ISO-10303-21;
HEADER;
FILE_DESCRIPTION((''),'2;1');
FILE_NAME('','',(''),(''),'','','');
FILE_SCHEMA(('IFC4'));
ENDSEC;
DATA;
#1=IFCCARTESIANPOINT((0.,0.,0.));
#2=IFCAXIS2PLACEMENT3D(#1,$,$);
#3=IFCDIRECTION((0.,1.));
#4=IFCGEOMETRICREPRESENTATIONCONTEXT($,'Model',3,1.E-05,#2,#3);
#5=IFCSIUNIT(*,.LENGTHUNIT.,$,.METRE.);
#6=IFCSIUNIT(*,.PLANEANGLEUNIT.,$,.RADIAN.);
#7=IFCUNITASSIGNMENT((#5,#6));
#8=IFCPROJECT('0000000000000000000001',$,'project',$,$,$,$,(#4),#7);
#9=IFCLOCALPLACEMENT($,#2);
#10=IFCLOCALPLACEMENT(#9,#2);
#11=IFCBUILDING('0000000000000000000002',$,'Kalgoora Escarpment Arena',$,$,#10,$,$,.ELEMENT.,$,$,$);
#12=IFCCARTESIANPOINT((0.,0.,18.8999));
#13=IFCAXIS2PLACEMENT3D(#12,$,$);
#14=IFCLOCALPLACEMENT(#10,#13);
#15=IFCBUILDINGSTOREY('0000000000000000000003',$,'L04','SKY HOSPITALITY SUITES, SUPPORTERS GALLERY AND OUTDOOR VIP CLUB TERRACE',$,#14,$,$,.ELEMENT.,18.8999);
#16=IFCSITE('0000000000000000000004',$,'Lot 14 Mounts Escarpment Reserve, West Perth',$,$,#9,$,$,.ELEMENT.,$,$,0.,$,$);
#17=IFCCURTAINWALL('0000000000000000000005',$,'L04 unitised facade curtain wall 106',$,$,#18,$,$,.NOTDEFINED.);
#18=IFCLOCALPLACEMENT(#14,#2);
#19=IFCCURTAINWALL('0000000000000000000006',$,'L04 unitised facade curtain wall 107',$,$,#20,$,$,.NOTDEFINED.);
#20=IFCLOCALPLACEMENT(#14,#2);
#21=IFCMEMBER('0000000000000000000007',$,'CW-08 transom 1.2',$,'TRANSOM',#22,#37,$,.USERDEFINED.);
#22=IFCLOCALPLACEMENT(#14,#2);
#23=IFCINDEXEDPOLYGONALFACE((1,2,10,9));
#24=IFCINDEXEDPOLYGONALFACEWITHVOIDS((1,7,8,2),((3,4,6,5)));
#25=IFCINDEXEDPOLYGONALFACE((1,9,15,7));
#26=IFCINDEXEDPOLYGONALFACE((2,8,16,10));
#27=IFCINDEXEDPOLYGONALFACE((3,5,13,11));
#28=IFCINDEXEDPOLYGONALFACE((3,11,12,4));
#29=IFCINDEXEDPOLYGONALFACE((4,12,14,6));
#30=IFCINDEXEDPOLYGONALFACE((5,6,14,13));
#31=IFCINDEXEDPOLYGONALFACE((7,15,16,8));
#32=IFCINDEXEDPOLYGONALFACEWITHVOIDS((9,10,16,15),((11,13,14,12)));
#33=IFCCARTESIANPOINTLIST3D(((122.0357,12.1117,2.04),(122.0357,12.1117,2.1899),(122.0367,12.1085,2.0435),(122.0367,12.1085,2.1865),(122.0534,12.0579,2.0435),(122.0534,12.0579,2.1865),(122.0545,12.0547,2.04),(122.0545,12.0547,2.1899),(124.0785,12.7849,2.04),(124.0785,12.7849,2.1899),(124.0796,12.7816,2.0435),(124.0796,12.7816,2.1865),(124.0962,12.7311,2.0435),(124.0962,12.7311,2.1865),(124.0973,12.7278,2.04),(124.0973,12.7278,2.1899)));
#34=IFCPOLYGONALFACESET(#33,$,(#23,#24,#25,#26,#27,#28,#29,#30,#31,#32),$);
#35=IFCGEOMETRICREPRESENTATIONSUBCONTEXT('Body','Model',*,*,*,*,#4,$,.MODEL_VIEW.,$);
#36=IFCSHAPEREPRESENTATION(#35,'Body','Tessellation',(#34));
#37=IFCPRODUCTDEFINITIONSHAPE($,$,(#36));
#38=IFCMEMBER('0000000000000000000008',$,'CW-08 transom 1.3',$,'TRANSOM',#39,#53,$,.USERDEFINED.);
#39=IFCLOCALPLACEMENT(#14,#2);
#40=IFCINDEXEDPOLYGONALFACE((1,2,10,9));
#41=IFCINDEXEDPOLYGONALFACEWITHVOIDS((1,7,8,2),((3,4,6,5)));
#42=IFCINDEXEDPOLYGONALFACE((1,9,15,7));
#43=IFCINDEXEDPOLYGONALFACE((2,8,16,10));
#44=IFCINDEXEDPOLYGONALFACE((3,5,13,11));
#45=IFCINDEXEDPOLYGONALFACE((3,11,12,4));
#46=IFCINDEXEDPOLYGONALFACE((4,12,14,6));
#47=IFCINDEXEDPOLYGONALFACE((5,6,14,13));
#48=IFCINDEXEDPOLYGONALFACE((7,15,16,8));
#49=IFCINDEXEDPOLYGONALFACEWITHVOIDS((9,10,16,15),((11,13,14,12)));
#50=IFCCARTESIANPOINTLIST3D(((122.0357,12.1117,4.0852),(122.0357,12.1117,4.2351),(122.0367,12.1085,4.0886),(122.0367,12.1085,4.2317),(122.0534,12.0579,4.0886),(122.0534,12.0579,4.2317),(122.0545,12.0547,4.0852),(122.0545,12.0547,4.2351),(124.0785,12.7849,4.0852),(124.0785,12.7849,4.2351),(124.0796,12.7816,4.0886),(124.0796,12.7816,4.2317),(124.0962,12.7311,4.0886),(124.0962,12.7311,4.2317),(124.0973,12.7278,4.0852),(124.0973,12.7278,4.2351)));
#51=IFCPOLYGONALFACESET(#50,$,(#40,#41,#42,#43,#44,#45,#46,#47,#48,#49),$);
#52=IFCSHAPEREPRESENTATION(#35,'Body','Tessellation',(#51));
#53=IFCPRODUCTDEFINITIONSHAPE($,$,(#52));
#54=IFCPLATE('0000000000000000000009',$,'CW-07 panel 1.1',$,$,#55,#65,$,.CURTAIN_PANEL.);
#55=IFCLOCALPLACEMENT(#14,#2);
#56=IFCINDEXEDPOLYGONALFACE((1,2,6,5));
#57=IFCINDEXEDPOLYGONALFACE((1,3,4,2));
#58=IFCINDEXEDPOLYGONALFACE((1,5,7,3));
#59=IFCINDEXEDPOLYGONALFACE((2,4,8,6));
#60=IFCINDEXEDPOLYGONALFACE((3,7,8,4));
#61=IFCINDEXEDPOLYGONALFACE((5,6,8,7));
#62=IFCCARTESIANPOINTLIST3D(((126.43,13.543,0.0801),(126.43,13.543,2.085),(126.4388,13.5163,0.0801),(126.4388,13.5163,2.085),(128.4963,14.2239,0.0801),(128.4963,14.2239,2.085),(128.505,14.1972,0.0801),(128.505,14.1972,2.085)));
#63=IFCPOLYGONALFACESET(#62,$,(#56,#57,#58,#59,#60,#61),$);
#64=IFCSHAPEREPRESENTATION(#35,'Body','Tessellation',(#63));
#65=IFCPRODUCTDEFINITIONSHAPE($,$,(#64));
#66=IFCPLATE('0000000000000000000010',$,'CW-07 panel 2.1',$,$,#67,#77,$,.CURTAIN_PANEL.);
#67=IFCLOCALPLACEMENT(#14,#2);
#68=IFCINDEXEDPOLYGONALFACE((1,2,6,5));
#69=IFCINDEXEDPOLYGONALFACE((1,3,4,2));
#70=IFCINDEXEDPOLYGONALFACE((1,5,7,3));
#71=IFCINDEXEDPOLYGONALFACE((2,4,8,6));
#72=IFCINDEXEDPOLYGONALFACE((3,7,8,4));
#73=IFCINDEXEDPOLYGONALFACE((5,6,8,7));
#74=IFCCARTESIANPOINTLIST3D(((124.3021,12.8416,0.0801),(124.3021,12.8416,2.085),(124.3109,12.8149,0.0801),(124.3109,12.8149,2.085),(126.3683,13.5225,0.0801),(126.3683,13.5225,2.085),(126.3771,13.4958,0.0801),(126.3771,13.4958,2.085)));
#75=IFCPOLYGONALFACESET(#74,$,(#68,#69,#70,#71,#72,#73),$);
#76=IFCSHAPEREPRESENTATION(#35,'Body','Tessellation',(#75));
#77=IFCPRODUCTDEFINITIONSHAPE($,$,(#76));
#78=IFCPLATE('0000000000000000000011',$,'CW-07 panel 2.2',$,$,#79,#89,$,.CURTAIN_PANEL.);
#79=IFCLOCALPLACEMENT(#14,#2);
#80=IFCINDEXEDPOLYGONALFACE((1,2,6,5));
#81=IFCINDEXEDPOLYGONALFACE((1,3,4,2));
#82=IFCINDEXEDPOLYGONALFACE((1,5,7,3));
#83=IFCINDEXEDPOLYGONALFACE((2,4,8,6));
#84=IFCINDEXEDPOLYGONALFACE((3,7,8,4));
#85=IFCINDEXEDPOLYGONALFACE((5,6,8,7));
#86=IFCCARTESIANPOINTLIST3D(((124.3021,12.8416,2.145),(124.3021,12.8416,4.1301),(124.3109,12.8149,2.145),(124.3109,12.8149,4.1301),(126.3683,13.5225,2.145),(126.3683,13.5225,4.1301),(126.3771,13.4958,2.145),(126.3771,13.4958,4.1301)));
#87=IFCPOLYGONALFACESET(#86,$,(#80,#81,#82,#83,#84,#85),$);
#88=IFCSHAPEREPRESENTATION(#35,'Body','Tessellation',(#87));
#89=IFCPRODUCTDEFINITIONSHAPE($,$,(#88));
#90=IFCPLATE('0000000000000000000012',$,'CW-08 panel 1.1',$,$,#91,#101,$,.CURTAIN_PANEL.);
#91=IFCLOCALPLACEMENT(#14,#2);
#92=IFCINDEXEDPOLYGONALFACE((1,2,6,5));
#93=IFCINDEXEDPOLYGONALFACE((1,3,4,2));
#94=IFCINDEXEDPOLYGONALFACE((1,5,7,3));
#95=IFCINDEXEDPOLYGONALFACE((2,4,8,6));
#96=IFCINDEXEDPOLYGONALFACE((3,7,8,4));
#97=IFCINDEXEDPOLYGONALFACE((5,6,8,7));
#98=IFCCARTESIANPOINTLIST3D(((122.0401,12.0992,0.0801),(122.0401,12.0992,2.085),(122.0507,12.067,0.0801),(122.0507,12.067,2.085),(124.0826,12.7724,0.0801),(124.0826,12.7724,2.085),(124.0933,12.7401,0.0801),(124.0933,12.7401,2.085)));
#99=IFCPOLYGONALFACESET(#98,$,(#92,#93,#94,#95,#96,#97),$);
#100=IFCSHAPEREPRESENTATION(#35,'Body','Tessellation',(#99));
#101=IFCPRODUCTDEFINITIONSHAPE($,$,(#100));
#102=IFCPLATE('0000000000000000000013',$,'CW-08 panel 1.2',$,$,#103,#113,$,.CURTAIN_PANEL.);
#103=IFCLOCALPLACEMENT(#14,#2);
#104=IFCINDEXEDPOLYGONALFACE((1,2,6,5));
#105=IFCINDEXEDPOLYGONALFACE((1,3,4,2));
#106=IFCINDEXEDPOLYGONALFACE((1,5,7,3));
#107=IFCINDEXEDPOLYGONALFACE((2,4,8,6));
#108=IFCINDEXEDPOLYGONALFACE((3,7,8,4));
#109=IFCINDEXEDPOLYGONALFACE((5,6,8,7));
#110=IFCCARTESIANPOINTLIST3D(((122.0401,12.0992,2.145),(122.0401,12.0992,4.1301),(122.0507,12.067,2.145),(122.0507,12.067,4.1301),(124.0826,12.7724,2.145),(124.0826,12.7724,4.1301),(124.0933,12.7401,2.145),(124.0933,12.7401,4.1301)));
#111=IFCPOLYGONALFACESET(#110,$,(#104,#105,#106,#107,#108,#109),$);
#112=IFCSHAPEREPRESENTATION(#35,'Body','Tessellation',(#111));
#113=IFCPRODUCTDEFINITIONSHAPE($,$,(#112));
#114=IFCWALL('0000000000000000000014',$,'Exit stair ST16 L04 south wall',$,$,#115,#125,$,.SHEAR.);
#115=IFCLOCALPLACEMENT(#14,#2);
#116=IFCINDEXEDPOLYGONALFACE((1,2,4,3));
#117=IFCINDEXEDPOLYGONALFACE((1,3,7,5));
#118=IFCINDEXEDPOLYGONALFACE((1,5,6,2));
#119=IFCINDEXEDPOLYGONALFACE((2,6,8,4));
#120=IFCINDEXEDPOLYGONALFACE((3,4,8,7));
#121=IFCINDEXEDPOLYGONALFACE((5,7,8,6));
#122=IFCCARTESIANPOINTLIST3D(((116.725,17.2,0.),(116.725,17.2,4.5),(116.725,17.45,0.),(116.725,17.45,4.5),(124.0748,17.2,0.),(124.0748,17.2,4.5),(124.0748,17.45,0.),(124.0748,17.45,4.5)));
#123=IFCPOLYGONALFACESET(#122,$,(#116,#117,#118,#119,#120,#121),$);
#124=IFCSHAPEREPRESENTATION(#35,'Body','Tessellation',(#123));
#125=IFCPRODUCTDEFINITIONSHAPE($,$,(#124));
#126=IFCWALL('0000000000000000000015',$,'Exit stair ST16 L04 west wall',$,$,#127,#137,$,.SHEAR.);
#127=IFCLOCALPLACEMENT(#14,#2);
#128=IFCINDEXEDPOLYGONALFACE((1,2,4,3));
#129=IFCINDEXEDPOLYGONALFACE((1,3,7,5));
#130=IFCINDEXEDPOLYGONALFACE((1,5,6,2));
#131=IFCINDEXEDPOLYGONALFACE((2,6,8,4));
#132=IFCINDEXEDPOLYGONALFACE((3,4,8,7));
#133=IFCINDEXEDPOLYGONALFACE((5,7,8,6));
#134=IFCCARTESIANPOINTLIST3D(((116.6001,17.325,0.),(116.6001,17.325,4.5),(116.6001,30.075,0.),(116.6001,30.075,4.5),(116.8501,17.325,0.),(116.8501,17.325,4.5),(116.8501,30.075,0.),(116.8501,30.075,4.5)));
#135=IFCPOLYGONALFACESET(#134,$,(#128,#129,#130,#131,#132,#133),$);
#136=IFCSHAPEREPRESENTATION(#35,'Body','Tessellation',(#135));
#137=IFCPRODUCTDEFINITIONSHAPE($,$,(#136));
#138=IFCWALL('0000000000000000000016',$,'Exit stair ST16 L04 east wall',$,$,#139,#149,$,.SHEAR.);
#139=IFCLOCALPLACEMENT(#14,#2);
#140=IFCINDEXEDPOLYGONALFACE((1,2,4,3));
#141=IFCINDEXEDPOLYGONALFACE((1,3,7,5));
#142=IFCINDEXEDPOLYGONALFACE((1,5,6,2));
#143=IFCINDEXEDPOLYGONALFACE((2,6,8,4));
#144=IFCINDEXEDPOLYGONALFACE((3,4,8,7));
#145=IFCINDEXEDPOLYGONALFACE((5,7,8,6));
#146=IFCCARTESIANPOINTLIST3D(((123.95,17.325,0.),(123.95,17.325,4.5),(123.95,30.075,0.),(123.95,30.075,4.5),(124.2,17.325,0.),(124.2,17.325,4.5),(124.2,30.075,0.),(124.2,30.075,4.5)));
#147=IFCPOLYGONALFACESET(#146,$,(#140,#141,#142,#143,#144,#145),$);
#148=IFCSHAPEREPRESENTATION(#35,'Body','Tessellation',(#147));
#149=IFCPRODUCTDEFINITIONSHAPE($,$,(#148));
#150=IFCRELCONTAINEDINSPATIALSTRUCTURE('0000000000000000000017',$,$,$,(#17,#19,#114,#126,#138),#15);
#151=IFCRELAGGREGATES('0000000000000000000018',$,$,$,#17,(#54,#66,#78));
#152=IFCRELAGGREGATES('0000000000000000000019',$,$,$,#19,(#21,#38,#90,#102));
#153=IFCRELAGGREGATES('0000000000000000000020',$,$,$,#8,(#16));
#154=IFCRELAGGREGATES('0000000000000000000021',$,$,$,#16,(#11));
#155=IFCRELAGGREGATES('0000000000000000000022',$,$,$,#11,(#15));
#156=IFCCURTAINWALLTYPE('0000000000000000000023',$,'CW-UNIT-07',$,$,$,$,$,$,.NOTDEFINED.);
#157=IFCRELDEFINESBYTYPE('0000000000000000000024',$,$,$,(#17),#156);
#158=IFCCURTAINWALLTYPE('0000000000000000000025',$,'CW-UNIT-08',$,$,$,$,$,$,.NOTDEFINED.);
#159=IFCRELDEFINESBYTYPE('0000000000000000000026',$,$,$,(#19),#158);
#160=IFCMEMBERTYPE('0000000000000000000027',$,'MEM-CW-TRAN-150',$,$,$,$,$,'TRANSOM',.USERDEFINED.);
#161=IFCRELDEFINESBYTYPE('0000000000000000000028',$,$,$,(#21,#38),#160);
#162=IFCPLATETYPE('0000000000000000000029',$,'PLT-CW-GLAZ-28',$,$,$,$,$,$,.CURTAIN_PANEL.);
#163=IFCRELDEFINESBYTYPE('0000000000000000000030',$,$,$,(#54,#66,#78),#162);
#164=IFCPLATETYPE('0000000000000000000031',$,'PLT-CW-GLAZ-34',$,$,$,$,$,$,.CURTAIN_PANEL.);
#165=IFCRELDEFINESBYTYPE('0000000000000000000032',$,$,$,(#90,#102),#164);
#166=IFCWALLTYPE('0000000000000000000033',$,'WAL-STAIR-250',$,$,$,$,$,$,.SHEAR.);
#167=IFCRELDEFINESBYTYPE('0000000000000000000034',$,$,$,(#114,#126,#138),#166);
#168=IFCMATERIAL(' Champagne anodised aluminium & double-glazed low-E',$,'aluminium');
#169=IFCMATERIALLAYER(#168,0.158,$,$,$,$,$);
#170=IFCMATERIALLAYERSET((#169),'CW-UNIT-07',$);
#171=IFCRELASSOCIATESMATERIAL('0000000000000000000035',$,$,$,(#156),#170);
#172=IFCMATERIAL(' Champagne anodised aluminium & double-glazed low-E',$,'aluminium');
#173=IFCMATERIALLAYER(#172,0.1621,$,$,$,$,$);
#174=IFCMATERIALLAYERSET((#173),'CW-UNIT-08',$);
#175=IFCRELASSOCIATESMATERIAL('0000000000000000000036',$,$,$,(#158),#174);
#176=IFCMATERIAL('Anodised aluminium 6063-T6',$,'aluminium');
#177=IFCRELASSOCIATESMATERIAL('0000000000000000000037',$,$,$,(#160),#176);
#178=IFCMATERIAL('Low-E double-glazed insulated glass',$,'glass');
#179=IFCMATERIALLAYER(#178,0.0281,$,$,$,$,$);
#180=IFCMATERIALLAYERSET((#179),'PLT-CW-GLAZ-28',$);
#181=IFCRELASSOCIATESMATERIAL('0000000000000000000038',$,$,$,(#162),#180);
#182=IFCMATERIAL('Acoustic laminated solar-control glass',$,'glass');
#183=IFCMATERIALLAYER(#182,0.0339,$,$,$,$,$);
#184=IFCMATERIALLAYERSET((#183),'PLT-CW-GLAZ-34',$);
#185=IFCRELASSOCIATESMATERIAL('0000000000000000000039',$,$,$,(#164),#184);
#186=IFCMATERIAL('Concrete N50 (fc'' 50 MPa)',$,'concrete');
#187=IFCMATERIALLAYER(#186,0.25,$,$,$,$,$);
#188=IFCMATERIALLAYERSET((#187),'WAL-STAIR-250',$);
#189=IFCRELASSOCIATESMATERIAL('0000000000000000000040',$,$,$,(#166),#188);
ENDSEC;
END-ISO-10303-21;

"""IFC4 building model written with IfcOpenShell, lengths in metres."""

from ifc_helpers import new_model, si_unit, direction, frame, frame_2d, origin, origin_2d, place, context, subcontext, project, spatial, rectangle, hollow_rectangle, extrude, material, layer, layer_set, material_profile, profile_set, type_object, element, aggregate, save


model = new_model("IFC4")

# Units and contexts
model_context = context("Model", 3, precision=1e-05, world=origin(), true_north=direction((0.0, 1.0)))
body_context = subcontext(model_context, "Body", "Model", "MODEL_VIEW")
ifc_project = project(units=[si_unit("LENGTHUNIT", "METRE"), si_unit("PLANEANGLEUNIT", "RADIAN")], contexts=[model_context])

# Site, building, storey
site_placement = place(None, origin())
site = spatial("IfcSite", under=ifc_project, at=site_placement, Name="Lot 14 Mounts Escarpment Reserve, West Perth", CompositionType="ELEMENT", RefElevation=0.0)
building_placement = place(site_placement, origin())
building = spatial("IfcBuilding", under=site, at=building_placement, Name="Kalgoora Escarpment Arena", CompositionType="ELEMENT")
storey_placement = place(building_placement, frame((0.0, 0.0, 18.8999)))
storey = spatial("IfcBuildingStorey", under=building, at=storey_placement, Name="L04", Description="SKY HOSPITALITY SUITES, SUPPORTERS GALLERY AND OUTDOOR VIP CLUB TERRACE", CompositionType="ELEMENT", Elevation=18.8999)

# Curtain walls
ifc_material_1 = material(Name=" Champagne anodised aluminium & double-glazed low-E", Category="aluminium")
ifc_layer_1 = layer(ifc_material_1, 0.158)
ifc_layer_set_1 = layer_set([ifc_layer_1], Name="CW-UNIT-07")
curtain_wall_type_1 = type_object("IfcCurtainWallType", Name="CW-UNIT-07", PredefinedType="NOTDEFINED", material=ifc_layer_set_1)
curtain_wall_1_placement = place(storey_placement, origin())
curtain_wall_1 = element("IfcCurtainWall", 1, at=curtain_wall_1_placement, inside=storey, type_object=curtain_wall_type_1, Name="L04 unitised facade curtain wall 106", PredefinedType="NOTDEFINED")
ifc_material_2 = material(Name=" Champagne anodised aluminium & double-glazed low-E", Category="aluminium")
ifc_layer_2 = layer(ifc_material_2, 0.1621)
ifc_layer_set_2 = layer_set([ifc_layer_2], Name="CW-UNIT-08")
curtain_wall_type_2 = type_object("IfcCurtainWallType", Name="CW-UNIT-08", PredefinedType="NOTDEFINED", material=ifc_layer_set_2)
curtain_wall_2_placement = place(storey_placement, origin())
curtain_wall_2 = element("IfcCurtainWall", 2, at=curtain_wall_2_placement, inside=storey, type_object=curtain_wall_type_2, Name="L04 unitised facade curtain wall 107", PredefinedType="NOTDEFINED")

# Members
ifc_material_3 = material(Name="Anodised aluminium 6063-T6", Category="aluminium")
ifc_material_profile_1 = material_profile(ifc_material_3, hollow_rectangle(XDim=0.0601, YDim=0.1499, WallThickness=0.0034, at=origin_2d()))
ifc_profile_set_1 = profile_set([ifc_material_profile_1], Name="Anodised aluminium 6063-T6")
member_type_1 = type_object("IfcMemberType", Name="MEM-CW-TRAN-150", ElementType="TRANSOM", PredefinedType="USERDEFINED", material=ifc_profile_set_1)
member_1_placement = place(storey_placement, frame((124.0879, 12.7563, 2.115), z_axis=(-0.949767, -0.312957, 0.0), x_axis=(0.312957, -0.949767, 0.0)))
member_1 = element("IfcMember", 3, at=member_1_placement, type_object=member_type_1, Name="CW-08 transom 1.2", ObjectType="TRANSOM", PredefinedType="USERDEFINED", context=body_context, shape_type="SweptSolid", body=[
    extrude(hollow_rectangle(XDim=0.0601, YDim=0.1499, WallThickness=0.0034, at=origin_2d()), origin(), (0.0, 0.0, 1.0), 2.1509),
])
member_2_placement = place(storey_placement, frame((124.0879, 12.7563, 4.1602), z_axis=(-0.949767, -0.312957, 0.0), x_axis=(0.312957, -0.949767, 0.0)))
member_2 = element("IfcMember", 4, at=member_2_placement, type_object=member_type_1, Name="CW-08 transom 1.3", ObjectType="TRANSOM", PredefinedType="USERDEFINED", context=body_context, shape_type="SweptSolid", body=[
    extrude(hollow_rectangle(XDim=0.0601, YDim=0.1499, WallThickness=0.0034, at=origin_2d()), origin(), (0.0, 0.0, 1.0), 2.1509),
])

# Plates
ifc_material_4 = material(Name="Low-E double-glazed insulated glass", Category="glass")
ifc_layer_3 = layer(ifc_material_4, 0.0281)
ifc_layer_set_3 = layer_set([ifc_layer_3], Name="PLT-CW-GLAZ-28")
plate_type_1 = type_object("IfcPlateType", Name="PLT-CW-GLAZ-28", PredefinedType="CURTAIN_PANEL", material=ifc_layer_set_3)
plate_1_placement = place(storey_placement, frame((127.4675, 13.8701, 0.0801), z_axis=(0.0, 0.0, 1.0), x_axis=(-0.949758, -0.312986, 0.0)))
plate_1 = element("IfcPlate", 5, at=plate_1_placement, type_object=plate_type_1, Name="CW-07 panel 1.1", PredefinedType="CURTAIN_PANEL", context=body_context, shape_type="SweptSolid", body=[
    extrude(rectangle(XDim=2.1755, YDim=0.0281, at=origin_2d()), origin(), (0.0, 0.0, 1.0), 2.0049),
])
plate_2_placement = place(storey_placement, frame((125.3396, 13.1687, 0.0801), z_axis=(0.0, 0.0, 1.0), x_axis=(-0.949758, -0.312986, 0.0)))
plate_2 = element("IfcPlate", 6, at=plate_2_placement, type_object=plate_type_1, Name="CW-07 panel 2.1", PredefinedType="CURTAIN_PANEL", context=body_context, shape_type="SweptSolid", body=[
    extrude(rectangle(XDim=2.1755, YDim=0.0281, at=origin_2d()), origin(), (0.0, 0.0, 1.0), 2.0049),
])
plate_3_placement = place(storey_placement, frame((125.3396, 13.1687, 2.145), z_axis=(0.0, 0.0, 1.0), x_axis=(-0.949758, -0.312986, 0.0)))
plate_3 = element("IfcPlate", 7, at=plate_3_placement, type_object=plate_type_1, Name="CW-07 panel 2.2", PredefinedType="CURTAIN_PANEL", context=body_context, shape_type="SweptSolid", body=[
    extrude(rectangle(XDim=2.1755, YDim=0.0281, at=origin_2d()), origin(), (0.0, 0.0, 1.0), 1.9851),
])
aggregate(curtain_wall_1, [plate_1, plate_2, plate_3])
ifc_material_5 = material(Name="Acoustic laminated solar-control glass", Category="glass")
ifc_layer_4 = layer(ifc_material_5, 0.0339)
ifc_layer_set_4 = layer_set([ifc_layer_4], Name="PLT-CW-GLAZ-34")
plate_type_2 = type_object("IfcPlateType", Name="PLT-CW-GLAZ-34", PredefinedType="CURTAIN_PANEL", material=ifc_layer_set_4)
plate_4_placement = place(storey_placement, frame((123.0667, 12.4197, 0.0801), z_axis=(0.0, 0.0, 1.0), x_axis=(-0.949756, -0.31299, 0.0)))
plate_4 = element("IfcPlate", 8, at=plate_4_placement, type_object=plate_type_2, Name="CW-08 panel 1.1", PredefinedType="CURTAIN_PANEL", context=body_context, shape_type="SweptSolid", body=[
    extrude(rectangle(XDim=2.1506, YDim=0.0339, at=origin_2d()), origin(), (0.0, 0.0, 1.0), 2.0049),
])
plate_5_placement = place(storey_placement, frame((123.0667, 12.4197, 2.145), z_axis=(0.0, 0.0, 1.0), x_axis=(-0.949756, -0.31299, 0.0)))
plate_5 = element("IfcPlate", 9, at=plate_5_placement, type_object=plate_type_2, Name="CW-08 panel 1.2", PredefinedType="CURTAIN_PANEL", context=body_context, shape_type="SweptSolid", body=[
    extrude(rectangle(XDim=2.1506, YDim=0.0339, at=origin_2d()), origin(), (0.0, 0.0, 1.0), 1.9851),
])
aggregate(curtain_wall_2, [member_1, member_2, plate_4, plate_5])

# Walls
ifc_material_6 = material(Name="Concrete N50 (fc' 50 MPa)", Category="concrete")
ifc_layer_5 = layer(ifc_material_6, 0.25)
ifc_layer_set_5 = layer_set([ifc_layer_5], Name="WAL-STAIR-250")
wall_type = type_object("IfcWallType", Name="WAL-STAIR-250", PredefinedType="SHEAR", material=ifc_layer_set_5)
wall_placement = place(storey_placement, frame((116.7251, 17.325, 0.0), z_axis=(0.0, 0.0, 1.0), x_axis=(1.0, 0.0, 0.0)))
element("IfcWall", 10, at=wall_placement, inside=storey, type_object=wall_type, Name="Exit stair ST16 L04 south wall", PredefinedType="SHEAR", context=body_context, shape_type="SweptSolid", body=[
    extrude(rectangle(XDim=7.3499, YDim=0.25, at=frame_2d((3.6748, 0.0))), origin(), (0.0, 0.0, 1.0), 4.5),
])
for number, where, z_axis, x_axis, name in (
    (11, (116.7251, 17.325, 0.0), (0.0, 0.0, 1.0), (0.0, 1.0, 0.0), "Exit stair ST16 L04 west wall"),
    (12, (124.075, 17.325, 0.0), (0.0, 0.0, 1.0), (0.0, 1.0, 0.0), "Exit stair ST16 L04 east wall"),
):
    element("IfcWall", number, at=place(storey_placement, frame(where, z_axis=z_axis, x_axis=x_axis)), inside=storey, type_object=wall_type, Name=name, PredefinedType="SHEAR", context=body_context, shape_type="SweptSolid", body=[
        extrude(rectangle(XDim=12.75, YDim=0.25, at=frame_2d((6.375, 0.0))), origin(), (0.0, 0.0, 1.0), 4.5),
    ])

save(model, "model.ifc")
